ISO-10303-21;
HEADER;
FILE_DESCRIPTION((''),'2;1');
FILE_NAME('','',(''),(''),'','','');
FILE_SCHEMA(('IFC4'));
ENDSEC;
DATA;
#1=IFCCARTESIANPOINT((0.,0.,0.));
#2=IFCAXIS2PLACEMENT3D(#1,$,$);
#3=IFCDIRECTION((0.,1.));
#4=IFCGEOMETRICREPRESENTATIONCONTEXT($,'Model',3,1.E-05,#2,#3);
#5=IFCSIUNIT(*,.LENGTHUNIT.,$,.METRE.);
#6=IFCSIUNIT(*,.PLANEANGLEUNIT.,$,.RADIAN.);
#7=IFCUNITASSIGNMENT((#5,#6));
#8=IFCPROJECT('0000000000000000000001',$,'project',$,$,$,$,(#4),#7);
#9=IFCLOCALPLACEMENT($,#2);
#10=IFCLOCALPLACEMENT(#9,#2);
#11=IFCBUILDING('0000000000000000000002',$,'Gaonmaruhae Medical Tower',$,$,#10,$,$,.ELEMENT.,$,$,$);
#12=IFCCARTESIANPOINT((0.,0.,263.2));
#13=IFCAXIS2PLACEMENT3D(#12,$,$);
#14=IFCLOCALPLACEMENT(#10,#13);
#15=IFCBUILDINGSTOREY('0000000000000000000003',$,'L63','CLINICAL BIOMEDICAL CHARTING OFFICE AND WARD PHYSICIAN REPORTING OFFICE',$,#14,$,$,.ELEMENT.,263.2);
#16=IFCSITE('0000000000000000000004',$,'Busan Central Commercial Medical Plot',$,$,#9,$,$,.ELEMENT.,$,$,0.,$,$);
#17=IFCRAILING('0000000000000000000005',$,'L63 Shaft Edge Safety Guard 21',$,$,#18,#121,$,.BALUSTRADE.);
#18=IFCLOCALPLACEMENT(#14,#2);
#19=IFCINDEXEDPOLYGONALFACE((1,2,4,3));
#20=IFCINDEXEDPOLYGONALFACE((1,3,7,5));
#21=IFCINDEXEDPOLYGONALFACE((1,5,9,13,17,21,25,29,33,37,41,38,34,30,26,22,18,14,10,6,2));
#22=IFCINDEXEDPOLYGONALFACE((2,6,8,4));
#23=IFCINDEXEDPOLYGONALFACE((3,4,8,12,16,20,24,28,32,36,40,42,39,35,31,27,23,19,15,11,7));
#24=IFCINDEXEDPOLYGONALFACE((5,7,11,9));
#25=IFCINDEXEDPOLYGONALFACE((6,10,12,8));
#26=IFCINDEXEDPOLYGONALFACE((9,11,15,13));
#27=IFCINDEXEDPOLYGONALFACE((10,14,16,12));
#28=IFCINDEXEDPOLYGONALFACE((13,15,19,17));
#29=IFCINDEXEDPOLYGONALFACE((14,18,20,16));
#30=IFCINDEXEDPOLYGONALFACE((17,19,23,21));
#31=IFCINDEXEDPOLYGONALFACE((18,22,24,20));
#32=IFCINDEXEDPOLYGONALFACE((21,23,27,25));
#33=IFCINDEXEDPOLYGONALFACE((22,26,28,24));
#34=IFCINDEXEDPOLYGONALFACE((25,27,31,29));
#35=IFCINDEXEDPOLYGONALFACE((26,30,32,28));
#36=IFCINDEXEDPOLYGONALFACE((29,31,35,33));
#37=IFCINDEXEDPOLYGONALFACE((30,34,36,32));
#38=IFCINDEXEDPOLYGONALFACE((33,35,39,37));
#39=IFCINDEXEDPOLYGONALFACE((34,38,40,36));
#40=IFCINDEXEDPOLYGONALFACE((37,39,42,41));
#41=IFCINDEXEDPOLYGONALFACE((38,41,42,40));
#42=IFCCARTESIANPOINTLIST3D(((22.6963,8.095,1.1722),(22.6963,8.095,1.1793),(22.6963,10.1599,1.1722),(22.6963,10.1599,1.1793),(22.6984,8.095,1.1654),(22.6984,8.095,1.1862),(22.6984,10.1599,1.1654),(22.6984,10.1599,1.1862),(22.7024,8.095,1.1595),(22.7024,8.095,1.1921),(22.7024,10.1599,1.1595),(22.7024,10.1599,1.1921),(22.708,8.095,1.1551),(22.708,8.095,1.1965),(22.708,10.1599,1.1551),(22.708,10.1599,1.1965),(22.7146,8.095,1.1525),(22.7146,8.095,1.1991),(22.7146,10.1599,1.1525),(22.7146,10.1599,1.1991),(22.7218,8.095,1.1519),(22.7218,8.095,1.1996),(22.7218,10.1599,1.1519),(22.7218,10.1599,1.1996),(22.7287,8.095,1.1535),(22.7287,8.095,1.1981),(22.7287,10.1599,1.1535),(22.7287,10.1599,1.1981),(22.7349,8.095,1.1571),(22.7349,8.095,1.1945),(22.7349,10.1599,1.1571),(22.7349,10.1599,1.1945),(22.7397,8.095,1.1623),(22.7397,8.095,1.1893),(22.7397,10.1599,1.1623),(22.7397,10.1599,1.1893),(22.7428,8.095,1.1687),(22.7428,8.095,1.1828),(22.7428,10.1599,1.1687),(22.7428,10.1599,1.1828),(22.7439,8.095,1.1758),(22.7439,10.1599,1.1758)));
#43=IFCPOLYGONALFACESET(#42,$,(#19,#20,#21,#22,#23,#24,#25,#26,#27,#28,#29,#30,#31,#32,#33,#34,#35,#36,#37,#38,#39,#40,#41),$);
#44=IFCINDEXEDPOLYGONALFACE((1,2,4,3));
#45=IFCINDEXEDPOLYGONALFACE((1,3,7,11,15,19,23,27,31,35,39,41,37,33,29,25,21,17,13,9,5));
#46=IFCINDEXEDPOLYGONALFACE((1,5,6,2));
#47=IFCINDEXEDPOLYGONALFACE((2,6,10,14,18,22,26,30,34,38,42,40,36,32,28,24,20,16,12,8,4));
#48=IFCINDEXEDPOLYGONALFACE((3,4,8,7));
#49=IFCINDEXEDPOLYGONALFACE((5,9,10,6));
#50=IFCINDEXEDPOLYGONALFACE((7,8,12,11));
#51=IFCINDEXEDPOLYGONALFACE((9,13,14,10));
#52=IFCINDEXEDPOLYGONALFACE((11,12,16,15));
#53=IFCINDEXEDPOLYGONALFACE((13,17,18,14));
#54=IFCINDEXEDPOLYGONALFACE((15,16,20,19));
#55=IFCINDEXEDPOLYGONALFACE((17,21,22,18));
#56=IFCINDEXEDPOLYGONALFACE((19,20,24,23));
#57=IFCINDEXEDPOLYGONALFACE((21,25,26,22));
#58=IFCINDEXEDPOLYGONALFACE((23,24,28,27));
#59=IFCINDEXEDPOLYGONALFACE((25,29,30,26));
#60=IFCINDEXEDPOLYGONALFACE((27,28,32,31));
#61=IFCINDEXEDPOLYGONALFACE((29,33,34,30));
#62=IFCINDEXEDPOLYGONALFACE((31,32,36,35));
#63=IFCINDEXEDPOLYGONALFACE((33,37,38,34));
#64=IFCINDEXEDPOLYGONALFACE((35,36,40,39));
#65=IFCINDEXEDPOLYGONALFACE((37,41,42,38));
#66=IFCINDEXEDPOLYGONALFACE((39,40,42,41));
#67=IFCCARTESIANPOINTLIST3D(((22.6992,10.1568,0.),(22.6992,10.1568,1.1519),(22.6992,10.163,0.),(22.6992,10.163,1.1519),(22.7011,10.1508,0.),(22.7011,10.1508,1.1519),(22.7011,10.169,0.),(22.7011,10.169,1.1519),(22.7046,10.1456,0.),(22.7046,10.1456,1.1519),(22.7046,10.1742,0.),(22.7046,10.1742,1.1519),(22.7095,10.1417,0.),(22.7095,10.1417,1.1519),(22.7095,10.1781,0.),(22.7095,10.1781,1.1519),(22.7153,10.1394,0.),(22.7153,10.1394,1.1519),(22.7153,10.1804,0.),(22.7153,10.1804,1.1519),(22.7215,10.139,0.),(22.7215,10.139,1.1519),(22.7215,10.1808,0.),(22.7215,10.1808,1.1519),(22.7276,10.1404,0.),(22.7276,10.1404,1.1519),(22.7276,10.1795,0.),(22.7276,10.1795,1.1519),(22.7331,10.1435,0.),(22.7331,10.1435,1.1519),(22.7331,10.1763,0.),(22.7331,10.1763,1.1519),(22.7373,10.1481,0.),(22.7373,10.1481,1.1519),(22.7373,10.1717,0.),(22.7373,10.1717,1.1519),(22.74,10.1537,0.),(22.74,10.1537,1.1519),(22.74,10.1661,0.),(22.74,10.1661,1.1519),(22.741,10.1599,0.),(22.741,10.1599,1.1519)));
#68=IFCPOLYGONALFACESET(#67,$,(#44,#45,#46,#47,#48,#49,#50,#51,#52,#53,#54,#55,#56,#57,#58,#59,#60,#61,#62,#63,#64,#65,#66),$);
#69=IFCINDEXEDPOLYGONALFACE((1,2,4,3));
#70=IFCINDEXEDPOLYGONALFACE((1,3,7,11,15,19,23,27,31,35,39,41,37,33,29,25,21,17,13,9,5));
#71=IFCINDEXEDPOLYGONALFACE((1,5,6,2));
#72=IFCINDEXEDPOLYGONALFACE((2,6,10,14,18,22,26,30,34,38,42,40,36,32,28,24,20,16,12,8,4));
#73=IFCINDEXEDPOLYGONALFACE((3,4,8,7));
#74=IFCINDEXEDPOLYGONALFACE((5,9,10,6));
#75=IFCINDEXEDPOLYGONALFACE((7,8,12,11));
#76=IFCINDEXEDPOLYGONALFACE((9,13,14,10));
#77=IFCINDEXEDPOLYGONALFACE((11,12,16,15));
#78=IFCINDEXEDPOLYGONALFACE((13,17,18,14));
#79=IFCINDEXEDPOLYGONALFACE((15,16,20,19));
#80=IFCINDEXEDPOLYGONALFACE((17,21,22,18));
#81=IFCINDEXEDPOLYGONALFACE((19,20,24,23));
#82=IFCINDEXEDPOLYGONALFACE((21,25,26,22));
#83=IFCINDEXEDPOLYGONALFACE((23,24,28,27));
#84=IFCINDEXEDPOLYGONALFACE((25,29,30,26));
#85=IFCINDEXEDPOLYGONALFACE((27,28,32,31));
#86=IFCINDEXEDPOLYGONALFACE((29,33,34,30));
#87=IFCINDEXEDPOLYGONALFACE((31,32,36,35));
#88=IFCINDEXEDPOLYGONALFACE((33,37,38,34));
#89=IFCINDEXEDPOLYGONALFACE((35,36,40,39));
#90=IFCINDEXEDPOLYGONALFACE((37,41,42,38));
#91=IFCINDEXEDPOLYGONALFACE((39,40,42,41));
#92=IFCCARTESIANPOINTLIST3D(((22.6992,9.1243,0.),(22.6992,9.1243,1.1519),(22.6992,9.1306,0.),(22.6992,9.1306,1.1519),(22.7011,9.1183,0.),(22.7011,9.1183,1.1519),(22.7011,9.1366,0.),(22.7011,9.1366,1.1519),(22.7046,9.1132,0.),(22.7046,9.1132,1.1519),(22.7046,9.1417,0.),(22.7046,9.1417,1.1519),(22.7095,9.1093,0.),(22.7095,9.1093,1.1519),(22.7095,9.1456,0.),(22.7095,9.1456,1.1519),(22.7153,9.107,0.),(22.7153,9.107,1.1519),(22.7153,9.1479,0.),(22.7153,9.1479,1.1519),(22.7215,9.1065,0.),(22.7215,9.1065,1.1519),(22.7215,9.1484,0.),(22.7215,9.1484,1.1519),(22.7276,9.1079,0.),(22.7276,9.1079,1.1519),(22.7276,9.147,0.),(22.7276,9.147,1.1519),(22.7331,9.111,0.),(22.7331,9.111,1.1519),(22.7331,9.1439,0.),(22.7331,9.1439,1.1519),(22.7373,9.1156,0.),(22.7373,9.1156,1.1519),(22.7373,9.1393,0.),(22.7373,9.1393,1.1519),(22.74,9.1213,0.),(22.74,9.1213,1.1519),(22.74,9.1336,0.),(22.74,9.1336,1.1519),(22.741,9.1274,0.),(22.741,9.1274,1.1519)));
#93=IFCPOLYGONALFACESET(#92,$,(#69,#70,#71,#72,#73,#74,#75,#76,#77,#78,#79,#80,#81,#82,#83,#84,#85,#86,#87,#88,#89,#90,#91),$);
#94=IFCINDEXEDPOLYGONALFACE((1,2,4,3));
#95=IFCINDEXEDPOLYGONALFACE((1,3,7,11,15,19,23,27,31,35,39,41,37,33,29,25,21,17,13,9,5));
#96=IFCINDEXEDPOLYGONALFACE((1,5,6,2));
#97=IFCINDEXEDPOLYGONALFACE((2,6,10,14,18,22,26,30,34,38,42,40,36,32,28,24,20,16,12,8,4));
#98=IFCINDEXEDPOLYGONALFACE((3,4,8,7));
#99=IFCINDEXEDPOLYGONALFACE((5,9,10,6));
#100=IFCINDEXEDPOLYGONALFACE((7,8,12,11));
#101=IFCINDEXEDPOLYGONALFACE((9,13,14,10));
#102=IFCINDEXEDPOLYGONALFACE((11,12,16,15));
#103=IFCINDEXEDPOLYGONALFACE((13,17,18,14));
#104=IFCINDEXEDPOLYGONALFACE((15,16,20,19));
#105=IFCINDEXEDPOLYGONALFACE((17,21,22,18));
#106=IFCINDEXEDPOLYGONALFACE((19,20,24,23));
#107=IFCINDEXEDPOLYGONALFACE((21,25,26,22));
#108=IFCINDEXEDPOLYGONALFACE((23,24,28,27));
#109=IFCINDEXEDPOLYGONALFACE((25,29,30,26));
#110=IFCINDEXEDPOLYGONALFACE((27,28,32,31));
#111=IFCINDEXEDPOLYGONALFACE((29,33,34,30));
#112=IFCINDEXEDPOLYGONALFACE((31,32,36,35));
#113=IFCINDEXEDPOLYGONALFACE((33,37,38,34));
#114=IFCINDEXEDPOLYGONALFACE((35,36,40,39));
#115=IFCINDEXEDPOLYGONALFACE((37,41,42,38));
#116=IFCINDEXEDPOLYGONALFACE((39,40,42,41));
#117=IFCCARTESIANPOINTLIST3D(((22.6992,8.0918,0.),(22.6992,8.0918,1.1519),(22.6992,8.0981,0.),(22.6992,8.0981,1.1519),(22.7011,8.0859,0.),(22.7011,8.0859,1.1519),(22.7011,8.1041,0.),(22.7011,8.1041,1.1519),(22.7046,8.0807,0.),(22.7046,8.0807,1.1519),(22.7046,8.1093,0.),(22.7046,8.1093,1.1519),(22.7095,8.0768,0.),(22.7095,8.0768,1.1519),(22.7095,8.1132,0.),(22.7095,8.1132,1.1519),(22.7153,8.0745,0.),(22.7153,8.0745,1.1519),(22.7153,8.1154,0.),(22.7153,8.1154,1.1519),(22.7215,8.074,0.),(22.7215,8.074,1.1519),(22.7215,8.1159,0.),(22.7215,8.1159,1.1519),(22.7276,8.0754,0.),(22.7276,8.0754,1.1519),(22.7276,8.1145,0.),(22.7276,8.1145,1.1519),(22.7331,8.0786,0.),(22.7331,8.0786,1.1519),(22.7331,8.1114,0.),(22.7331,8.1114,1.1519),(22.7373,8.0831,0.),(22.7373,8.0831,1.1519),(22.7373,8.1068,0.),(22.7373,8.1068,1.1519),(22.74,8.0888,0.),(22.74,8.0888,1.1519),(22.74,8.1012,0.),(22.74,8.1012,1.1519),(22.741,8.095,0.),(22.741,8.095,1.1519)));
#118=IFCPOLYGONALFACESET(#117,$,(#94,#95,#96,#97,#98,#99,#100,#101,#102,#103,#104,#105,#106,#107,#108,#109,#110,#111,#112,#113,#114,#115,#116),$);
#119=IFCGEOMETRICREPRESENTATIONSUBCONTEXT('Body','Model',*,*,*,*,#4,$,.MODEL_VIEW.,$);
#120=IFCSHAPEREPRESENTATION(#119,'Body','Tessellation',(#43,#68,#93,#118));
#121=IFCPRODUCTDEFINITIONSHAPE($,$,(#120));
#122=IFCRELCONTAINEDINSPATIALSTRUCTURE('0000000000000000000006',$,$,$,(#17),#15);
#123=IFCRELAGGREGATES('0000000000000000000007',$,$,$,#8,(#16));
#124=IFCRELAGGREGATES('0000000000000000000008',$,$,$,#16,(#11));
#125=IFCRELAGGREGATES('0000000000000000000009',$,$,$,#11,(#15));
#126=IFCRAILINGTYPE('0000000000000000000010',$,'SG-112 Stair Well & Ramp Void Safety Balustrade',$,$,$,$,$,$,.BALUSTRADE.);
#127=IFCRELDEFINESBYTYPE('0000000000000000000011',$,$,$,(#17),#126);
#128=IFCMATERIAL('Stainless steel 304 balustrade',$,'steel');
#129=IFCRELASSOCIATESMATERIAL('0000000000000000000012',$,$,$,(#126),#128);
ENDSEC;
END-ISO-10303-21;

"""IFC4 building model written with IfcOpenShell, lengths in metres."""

from ifc_helpers import new_model, si_unit, direction, frame, origin, origin_2d, place, context, subcontext, project, spatial, circle, extrude, material, type_object, element, save


model = new_model("IFC4")

# Units and contexts
model_context = context("Model", 3, precision=1e-05, world=origin(), true_north=direction((0.0, 1.0)))
body_context = subcontext(model_context, "Body", "Model", "MODEL_VIEW")
ifc_project = project(units=[si_unit("LENGTHUNIT", "METRE"), si_unit("PLANEANGLEUNIT", "RADIAN")], contexts=[model_context])

# Site, building, storey
site_placement = place(None, origin())
site = spatial("IfcSite", under=ifc_project, at=site_placement, Name="Busan Central Commercial Medical Plot", CompositionType="ELEMENT", RefElevation=0.0)
building_placement = place(site_placement, origin())
building = spatial("IfcBuilding", under=site, at=building_placement, Name="Gaonmaruhae Medical Tower", CompositionType="ELEMENT")
storey_placement = place(building_placement, frame((0.0, 0.0, 263.2)))
storey = spatial("IfcBuildingStorey", under=building, at=storey_placement, Name="L63", Description="CLINICAL BIOMEDICAL CHARTING OFFICE AND WARD PHYSICIAN REPORTING OFFICE", CompositionType="ELEMENT", Elevation=263.2)

# Railing
ifc_material_1 = material(Name="Stainless steel 304 balustrade", Category="steel")
railing_type_1 = type_object("IfcRailingType", Name="SG-112 Stair Well & Ramp Void Safety Balustrade", PredefinedType="BALUSTRADE", material=ifc_material_1)
railing_1_placement = place(storey_placement, frame((22.72, 10.1599, 0.0)))
element("IfcRailing", 1, at=railing_1_placement, inside=storey, type_object=railing_type_1, Name="L63 Shaft Edge Safety Guard 21", PredefinedType="BALUSTRADE", context=body_context, shape_type="SweptSolid", body=[
    extrude(circle(Radius=0.0239, at=origin_2d()), frame((0.0, 0.0, 1.1758), z_axis=(0.0, -1.0, 0.0), x_axis=(1.0, 0.0, 0.0)), (0.0, 0.0, 1.0), 2.0649),
    extrude(circle(Radius=0.021, at=origin_2d()), origin(), (0.0, 0.0, 1.0), 1.1519),
    extrude(circle(Radius=0.021, at=origin_2d()), frame((0.0, -1.0325, 0.0)), (0.0, 0.0, 1.0), 1.1519),
    extrude(circle(Radius=0.021, at=origin_2d()), frame((0.0, -2.0649, 0.0)), (0.0, 0.0, 1.0), 1.1519),
])

save(model, "model.ifc")
